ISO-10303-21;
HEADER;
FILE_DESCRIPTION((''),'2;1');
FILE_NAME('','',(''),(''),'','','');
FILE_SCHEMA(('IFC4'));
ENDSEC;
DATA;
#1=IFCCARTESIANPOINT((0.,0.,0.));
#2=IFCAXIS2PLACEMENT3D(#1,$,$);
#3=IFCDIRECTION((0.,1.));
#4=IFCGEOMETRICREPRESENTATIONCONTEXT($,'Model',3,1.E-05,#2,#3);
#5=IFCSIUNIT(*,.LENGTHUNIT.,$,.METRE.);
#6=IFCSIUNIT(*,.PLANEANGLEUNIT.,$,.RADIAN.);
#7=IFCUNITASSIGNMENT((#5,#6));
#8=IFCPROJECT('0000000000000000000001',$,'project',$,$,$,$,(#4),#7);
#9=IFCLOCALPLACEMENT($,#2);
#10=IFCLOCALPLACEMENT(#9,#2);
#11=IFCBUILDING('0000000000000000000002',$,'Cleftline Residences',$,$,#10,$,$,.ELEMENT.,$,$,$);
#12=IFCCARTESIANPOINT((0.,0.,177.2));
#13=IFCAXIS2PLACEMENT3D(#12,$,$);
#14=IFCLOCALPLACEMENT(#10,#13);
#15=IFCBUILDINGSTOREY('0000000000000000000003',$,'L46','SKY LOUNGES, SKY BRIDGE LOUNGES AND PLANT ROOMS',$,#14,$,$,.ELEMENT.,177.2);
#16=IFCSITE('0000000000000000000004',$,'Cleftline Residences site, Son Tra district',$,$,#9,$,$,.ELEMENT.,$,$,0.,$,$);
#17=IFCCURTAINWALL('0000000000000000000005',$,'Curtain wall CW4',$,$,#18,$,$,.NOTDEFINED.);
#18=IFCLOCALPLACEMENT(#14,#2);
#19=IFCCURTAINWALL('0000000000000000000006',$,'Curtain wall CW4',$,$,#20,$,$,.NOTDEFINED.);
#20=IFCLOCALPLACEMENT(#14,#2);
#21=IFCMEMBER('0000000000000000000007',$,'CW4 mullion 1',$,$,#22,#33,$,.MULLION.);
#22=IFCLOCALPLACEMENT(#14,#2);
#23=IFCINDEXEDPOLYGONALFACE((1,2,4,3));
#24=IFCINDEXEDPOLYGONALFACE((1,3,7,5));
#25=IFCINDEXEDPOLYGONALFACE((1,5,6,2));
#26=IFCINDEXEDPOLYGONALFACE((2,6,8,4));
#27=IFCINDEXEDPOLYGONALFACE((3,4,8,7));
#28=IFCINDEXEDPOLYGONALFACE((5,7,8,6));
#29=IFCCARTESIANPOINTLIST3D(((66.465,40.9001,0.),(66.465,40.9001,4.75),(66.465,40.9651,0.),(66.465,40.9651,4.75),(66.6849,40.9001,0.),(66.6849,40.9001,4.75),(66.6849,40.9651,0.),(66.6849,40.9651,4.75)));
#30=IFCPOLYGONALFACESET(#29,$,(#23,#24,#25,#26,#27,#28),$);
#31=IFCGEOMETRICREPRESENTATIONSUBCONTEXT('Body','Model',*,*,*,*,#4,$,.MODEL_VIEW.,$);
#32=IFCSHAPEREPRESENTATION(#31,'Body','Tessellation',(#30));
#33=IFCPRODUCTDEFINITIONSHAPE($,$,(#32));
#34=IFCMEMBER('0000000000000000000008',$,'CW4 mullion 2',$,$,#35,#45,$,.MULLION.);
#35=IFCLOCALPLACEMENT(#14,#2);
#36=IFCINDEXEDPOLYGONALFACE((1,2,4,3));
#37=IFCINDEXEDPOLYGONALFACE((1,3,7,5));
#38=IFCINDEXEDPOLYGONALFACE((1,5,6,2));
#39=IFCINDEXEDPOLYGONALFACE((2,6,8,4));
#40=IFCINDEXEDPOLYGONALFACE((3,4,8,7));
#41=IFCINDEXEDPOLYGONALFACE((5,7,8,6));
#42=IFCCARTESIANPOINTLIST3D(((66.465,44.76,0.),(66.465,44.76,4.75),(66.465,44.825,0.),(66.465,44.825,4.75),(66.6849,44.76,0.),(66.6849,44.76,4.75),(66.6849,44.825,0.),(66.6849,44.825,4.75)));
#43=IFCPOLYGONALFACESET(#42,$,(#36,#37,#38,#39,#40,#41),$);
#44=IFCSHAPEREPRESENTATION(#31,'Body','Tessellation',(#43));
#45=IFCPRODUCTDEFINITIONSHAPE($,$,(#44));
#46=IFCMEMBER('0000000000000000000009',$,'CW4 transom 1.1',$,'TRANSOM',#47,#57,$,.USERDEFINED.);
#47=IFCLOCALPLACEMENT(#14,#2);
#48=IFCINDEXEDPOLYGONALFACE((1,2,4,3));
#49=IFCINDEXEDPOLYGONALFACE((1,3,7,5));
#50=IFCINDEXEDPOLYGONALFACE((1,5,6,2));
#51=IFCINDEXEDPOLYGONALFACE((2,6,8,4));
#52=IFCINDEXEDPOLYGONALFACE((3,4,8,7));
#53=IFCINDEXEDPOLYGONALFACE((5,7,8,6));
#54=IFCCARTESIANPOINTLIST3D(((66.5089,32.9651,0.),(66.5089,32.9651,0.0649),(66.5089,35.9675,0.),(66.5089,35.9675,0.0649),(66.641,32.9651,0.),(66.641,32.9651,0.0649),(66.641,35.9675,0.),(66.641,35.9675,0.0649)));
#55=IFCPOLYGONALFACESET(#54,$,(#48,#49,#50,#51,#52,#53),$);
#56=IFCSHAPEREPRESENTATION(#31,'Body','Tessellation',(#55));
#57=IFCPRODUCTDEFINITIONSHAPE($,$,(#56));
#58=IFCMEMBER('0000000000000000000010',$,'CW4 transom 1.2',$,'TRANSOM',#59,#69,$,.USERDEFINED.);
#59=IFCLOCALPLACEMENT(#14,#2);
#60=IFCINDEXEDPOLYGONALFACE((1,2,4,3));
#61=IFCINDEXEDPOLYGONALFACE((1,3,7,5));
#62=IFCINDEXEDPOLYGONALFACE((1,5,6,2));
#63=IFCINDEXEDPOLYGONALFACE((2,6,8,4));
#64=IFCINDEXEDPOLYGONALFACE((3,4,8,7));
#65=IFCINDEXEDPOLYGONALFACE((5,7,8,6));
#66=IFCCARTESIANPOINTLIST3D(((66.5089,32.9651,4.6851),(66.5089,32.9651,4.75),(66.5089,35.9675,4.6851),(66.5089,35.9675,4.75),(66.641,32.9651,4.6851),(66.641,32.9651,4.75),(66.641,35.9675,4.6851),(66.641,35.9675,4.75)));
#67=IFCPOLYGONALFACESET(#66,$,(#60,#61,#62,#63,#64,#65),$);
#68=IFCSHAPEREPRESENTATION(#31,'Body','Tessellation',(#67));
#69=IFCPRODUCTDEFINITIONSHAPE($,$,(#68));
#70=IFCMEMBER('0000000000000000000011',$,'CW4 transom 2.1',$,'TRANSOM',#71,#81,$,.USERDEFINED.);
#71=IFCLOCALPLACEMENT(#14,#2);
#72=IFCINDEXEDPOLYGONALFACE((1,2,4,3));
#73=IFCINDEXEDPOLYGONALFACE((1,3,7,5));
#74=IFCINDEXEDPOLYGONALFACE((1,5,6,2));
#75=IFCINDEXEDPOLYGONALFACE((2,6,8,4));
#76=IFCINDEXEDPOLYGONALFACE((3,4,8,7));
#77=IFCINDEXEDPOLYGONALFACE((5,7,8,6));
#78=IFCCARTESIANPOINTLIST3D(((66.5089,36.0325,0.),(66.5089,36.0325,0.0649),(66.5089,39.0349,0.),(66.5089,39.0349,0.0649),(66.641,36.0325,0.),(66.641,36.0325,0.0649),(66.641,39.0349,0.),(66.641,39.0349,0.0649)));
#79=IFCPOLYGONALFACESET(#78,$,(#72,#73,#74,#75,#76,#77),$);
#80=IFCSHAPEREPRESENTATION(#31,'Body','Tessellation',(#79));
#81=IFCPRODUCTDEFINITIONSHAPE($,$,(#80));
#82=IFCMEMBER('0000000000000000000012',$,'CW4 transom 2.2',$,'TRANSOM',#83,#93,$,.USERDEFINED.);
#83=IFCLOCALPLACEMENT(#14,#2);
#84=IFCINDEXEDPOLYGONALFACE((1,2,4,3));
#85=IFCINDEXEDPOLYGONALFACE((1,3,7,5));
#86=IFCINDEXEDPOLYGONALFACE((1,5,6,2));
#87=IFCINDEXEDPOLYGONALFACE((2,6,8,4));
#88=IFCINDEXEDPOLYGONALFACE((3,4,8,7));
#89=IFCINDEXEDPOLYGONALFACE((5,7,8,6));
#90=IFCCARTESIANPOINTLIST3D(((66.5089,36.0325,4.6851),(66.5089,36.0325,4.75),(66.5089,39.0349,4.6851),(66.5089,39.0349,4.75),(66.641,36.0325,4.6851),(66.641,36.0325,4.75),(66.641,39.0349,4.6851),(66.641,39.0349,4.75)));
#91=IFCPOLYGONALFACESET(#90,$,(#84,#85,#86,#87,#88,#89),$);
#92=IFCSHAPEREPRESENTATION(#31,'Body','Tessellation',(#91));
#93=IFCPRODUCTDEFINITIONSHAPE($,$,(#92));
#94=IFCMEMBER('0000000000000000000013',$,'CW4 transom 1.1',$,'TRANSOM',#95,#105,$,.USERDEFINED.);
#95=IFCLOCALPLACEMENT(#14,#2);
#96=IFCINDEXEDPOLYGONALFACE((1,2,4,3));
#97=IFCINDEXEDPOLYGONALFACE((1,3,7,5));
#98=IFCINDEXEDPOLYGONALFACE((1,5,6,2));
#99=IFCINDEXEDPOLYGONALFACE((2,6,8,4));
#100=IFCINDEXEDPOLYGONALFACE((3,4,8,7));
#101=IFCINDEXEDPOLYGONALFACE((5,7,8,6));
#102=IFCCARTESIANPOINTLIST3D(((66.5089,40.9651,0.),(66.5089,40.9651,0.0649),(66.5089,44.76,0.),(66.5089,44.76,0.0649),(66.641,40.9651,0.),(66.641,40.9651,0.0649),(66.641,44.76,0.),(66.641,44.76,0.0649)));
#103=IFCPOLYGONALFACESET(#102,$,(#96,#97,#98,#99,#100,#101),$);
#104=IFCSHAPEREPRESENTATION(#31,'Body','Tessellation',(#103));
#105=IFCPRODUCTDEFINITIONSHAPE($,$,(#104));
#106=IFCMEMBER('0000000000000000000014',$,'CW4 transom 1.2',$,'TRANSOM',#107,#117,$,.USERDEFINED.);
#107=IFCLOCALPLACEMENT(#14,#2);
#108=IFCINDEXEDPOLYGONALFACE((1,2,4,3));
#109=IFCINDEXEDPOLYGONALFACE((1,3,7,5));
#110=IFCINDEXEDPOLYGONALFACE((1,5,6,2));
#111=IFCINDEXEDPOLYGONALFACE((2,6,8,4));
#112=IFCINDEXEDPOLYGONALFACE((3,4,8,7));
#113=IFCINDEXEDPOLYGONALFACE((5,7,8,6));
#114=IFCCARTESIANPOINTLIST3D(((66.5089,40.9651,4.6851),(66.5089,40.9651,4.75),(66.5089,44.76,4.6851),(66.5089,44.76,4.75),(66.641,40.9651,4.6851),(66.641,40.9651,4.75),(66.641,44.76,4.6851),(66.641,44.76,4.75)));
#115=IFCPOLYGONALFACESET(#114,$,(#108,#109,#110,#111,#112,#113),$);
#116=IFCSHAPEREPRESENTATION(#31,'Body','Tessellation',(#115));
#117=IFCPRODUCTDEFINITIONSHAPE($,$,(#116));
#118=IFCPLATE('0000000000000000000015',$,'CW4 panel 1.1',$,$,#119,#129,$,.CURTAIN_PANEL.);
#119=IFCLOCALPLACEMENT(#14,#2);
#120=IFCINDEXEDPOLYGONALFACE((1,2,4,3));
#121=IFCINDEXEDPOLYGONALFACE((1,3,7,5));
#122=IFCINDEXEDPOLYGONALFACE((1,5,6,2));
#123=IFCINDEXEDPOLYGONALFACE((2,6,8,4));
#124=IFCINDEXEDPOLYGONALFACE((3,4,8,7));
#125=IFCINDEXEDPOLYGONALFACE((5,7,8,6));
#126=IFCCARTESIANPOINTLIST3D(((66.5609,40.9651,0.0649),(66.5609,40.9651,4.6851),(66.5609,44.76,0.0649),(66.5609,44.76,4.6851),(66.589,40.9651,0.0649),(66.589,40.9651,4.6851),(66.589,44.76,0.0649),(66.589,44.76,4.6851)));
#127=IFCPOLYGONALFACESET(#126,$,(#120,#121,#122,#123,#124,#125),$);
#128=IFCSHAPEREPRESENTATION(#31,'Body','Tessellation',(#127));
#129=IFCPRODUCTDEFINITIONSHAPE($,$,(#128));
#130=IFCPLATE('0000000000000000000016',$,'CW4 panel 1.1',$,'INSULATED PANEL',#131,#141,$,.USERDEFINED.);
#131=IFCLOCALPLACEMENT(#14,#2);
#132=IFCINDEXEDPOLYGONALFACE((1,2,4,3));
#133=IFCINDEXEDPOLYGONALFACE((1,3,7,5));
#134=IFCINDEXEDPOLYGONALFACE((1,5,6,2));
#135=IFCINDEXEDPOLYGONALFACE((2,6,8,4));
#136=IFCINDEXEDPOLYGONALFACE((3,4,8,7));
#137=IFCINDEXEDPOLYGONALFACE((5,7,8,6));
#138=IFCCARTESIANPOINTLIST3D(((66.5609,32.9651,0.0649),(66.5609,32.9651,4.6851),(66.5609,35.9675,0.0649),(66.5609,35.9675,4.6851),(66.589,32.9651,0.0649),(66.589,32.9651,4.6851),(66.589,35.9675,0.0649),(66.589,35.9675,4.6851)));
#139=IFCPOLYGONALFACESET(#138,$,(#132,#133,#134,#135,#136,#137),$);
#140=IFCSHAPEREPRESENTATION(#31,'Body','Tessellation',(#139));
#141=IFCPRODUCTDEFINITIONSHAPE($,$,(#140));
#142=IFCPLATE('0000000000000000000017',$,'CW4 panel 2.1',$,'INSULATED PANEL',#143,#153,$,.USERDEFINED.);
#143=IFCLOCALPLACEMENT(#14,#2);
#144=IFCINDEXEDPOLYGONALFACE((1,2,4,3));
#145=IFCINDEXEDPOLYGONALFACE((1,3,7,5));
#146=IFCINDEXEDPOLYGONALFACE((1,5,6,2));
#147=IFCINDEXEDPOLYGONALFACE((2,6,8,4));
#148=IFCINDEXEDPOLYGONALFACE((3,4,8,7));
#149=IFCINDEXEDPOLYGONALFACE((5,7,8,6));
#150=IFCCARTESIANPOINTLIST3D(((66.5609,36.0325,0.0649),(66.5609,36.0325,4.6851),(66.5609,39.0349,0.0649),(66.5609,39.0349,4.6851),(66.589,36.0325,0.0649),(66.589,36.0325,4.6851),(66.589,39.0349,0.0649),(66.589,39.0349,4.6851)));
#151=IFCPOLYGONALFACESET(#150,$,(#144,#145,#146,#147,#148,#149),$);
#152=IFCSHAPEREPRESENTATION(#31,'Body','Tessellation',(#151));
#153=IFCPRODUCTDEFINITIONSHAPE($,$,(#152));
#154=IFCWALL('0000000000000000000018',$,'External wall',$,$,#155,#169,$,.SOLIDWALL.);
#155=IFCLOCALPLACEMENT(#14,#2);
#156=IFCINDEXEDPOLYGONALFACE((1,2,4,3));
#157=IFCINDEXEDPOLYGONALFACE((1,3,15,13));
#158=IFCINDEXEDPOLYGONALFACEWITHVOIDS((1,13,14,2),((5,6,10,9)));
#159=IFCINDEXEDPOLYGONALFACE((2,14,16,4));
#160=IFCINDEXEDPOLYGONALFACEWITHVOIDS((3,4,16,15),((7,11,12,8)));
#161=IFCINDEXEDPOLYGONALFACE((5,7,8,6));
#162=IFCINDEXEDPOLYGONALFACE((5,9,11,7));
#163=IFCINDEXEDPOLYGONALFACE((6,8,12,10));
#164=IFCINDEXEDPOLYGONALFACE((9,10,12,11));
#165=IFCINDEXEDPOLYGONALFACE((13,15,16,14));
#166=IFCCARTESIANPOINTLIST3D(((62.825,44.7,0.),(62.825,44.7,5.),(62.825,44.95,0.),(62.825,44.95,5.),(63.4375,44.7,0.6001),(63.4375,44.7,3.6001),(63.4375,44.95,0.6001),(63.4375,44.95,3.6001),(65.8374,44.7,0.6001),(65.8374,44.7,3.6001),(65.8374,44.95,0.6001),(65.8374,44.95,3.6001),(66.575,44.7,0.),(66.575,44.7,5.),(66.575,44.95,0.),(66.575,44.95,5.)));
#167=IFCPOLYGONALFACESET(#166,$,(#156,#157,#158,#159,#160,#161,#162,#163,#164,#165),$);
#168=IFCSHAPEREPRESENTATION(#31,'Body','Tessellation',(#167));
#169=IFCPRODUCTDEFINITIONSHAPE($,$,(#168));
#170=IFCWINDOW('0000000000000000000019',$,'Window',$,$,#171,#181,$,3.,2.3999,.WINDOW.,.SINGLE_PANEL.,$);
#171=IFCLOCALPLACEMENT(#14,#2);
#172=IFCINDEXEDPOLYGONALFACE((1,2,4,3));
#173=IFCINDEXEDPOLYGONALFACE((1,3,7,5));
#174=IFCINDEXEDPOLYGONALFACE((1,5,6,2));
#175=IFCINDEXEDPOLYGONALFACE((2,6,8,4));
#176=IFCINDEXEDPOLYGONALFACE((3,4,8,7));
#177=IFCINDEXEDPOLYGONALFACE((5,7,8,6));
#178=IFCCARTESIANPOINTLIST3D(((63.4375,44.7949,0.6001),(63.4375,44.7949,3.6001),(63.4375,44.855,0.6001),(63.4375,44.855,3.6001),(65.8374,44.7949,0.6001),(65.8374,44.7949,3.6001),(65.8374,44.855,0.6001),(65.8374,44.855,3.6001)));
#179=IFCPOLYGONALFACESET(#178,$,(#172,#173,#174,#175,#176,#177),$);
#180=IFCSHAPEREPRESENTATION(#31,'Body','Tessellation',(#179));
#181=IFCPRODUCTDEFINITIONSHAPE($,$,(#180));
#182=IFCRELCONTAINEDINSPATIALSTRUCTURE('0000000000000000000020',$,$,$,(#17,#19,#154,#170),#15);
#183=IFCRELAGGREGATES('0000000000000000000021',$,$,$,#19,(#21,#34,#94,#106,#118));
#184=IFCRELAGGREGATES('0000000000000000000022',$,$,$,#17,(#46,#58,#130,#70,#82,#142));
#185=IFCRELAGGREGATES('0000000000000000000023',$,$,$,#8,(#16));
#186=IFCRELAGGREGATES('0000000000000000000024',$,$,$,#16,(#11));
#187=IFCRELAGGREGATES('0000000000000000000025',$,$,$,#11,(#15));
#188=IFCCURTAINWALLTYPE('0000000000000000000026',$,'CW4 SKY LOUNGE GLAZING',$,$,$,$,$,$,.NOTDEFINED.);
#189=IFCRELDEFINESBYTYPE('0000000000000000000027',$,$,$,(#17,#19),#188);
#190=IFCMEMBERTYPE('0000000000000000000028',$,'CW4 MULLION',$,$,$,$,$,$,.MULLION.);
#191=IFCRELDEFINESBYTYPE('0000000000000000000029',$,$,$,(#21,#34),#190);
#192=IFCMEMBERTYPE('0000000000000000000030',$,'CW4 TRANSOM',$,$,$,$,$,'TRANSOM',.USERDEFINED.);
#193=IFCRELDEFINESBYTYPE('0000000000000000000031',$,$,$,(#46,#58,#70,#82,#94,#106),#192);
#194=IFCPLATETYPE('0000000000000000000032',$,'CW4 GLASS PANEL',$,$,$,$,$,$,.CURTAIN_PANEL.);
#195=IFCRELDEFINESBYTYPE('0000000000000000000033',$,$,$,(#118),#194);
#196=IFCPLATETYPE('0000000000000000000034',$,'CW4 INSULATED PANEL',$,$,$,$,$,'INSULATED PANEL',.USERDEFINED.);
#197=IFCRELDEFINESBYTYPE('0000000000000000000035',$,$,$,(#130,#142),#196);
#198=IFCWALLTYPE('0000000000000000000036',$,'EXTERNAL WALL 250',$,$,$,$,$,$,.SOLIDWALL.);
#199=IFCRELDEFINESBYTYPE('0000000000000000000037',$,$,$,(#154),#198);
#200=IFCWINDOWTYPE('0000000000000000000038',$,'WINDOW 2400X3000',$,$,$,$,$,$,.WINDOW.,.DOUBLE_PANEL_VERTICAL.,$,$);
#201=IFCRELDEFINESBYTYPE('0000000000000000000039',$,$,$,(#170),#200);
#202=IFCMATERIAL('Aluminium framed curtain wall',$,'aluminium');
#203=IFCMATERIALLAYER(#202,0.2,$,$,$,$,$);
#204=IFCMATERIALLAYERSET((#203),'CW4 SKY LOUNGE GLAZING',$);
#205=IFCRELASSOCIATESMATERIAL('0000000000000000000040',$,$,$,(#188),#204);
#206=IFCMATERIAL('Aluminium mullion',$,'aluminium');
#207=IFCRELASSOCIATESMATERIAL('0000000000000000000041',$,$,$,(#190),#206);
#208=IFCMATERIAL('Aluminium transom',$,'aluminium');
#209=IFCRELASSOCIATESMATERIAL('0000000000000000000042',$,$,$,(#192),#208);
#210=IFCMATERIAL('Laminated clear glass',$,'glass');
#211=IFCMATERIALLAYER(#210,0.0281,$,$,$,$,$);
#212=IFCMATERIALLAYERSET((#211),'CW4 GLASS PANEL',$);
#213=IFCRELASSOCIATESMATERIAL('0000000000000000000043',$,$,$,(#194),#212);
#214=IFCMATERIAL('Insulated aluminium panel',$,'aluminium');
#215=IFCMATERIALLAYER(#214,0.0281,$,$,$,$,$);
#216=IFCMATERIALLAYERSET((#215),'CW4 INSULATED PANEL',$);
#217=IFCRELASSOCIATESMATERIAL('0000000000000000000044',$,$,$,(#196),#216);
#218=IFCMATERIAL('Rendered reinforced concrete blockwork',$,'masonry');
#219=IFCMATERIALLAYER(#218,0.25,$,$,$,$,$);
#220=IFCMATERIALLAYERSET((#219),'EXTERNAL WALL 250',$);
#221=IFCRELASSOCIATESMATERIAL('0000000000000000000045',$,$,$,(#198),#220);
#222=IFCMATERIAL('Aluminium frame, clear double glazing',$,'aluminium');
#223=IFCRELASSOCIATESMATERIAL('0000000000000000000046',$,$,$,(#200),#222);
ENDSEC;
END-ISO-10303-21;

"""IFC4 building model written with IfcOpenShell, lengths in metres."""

from ifc_helpers import new_model, si_unit, direction, frame, frame_2d, origin, origin_2d, place, context, subcontext, project, spatial, rectangle, extrude, material, layer, layer_set, material_profile, profile_set, type_object, element, fill, aggregate, save


model = new_model("IFC4")

# Units and contexts
model_context = context("Model", 3, precision=1e-05, world=origin(), true_north=direction((0.0, 1.0)))
body_context = subcontext(model_context, "Body", "Model", "MODEL_VIEW")
ifc_project = project(units=[si_unit("LENGTHUNIT", "METRE"), si_unit("PLANEANGLEUNIT", "RADIAN")], contexts=[model_context])

# Site, building, storey
site_placement = place(None, origin())
site = spatial("IfcSite", under=ifc_project, at=site_placement, Name="Cleftline Residences site, Son Tra district", CompositionType="ELEMENT", RefElevation=0.0)
building_placement = place(site_placement, origin())
building = spatial("IfcBuilding", under=site, at=building_placement, Name="Cleftline Residences", CompositionType="ELEMENT")
storey_placement = place(building_placement, frame((0.0, 0.0, 177.2)))
storey = spatial("IfcBuildingStorey", under=building, at=storey_placement, Name="L46", Description="SKY LOUNGES, SKY BRIDGE LOUNGES AND PLANT ROOMS", CompositionType="ELEMENT", Elevation=177.2)

# Curtain walls, members
ifc_material_1 = material(Name="Aluminium framed curtain wall", Category="aluminium")
ifc_layer_1 = layer(ifc_material_1, 0.2)
ifc_layer_set_1 = layer_set([ifc_layer_1], Name="CW4 SKY LOUNGE GLAZING")
curtain_wall_type = type_object("IfcCurtainWallType", Name="CW4 SKY LOUNGE GLAZING", PredefinedType="NOTDEFINED", material=ifc_layer_set_1)
curtain_wall_1_placement = place(storey_placement, origin())
curtain_wall_1 = element("IfcCurtainWall", 1, at=curtain_wall_1_placement, inside=storey, type_object=curtain_wall_type, Name="Curtain wall CW4", PredefinedType="NOTDEFINED")
ifc_material_2 = material(Name="Aluminium mullion", Category="aluminium")
ifc_material_profile_1 = material_profile(ifc_material_2, rectangle(XDim=0.22, YDim=0.0649, at=origin_2d()))
ifc_profile_set_1 = profile_set([ifc_material_profile_1], Name="Aluminium mullion")
member_type_1 = type_object("IfcMemberType", Name="CW4 MULLION", PredefinedType="MULLION", material=ifc_profile_set_1)
curtain_wall_2_placement = place(storey_placement, origin())
curtain_wall_2 = element("IfcCurtainWall", 2, at=curtain_wall_2_placement, inside=storey, type_object=curtain_wall_type, Name="Curtain wall CW4", PredefinedType="NOTDEFINED")
member_1_placement = place(storey_placement, frame((66.575, 40.9326, 0.0), z_axis=(0.0, 0.0, 1.0), x_axis=(-1.0, 0.0, 0.0)))
member_1 = element("IfcMember", 3, at=member_1_placement, type_object=member_type_1, Name="CW4 mullion 1", PredefinedType="MULLION", context=body_context, shape_type="SweptSolid", body=[
    extrude(rectangle(XDim=0.22, YDim=0.0649, at=origin_2d()), origin(), (0.0, 0.0, 1.0), 4.75),
])
member_2_placement = place(storey_placement, frame((66.575, 44.7925, 0.0), z_axis=(0.0, 0.0, 1.0), x_axis=(-1.0, 0.0, 0.0)))
member_2 = element("IfcMember", 4, at=member_2_placement, type_object=member_type_1, Name="CW4 mullion 2", PredefinedType="MULLION", context=body_context, shape_type="SweptSolid", body=[
    extrude(rectangle(XDim=0.22, YDim=0.0649, at=origin_2d()), origin(), (0.0, 0.0, 1.0), 4.75),
])

# Members
ifc_material_3 = material(Name="Aluminium transom", Category="aluminium")
ifc_material_profile_2 = material_profile(ifc_material_3, rectangle(XDim=0.1321, YDim=0.0649, at=origin_2d()))
ifc_profile_set_2 = profile_set([ifc_material_profile_2], Name="Aluminium transom")
member_type_2 = type_object("IfcMemberType", Name="CW4 TRANSOM", ElementType="TRANSOM", PredefinedType="USERDEFINED", material=ifc_profile_set_2)
member_3_placement = place(storey_placement, frame((66.575, 32.9651, 0.0325), z_axis=(0.0, 1.0, 0.0), x_axis=(-1.0, 0.0, 0.0)))
member_3 = element("IfcMember", 5, at=member_3_placement, type_object=member_type_2, Name="CW4 transom 1.1", ObjectType="TRANSOM", PredefinedType="USERDEFINED", context=body_context, shape_type="SweptSolid", body=[
    extrude(rectangle(XDim=0.1321, YDim=0.0649, at=origin_2d()), origin(), (0.0, 0.0, 1.0), 3.0024),
])
member_4_placement = place(storey_placement, frame((66.575, 32.9651, 4.7175), z_axis=(0.0, 1.0, 0.0), x_axis=(-1.0, 0.0, 0.0)))
member_4 = element("IfcMember", 6, at=member_4_placement, type_object=member_type_2, Name="CW4 transom 1.2", ObjectType="TRANSOM", PredefinedType="USERDEFINED", context=body_context, shape_type="SweptSolid", body=[
    extrude(rectangle(XDim=0.1321, YDim=0.0649, at=origin_2d()), origin(), (0.0, 0.0, 1.0), 3.0024),
])
member_5_placement = place(storey_placement, frame((66.575, 36.0325, 0.0325), z_axis=(0.0, 1.0, 0.0), x_axis=(-1.0, 0.0, 0.0)))
member_5 = element("IfcMember", 7, at=member_5_placement, type_object=member_type_2, Name="CW4 transom 2.1", ObjectType="TRANSOM", PredefinedType="USERDEFINED", context=body_context, shape_type="SweptSolid", body=[
    extrude(rectangle(XDim=0.1321, YDim=0.0649, at=origin_2d()), origin(), (0.0, 0.0, 1.0), 3.0024),
])
member_6_placement = place(storey_placement, frame((66.575, 36.0325, 4.7175), z_axis=(0.0, 1.0, 0.0), x_axis=(-1.0, 0.0, 0.0)))
member_6 = element("IfcMember", 8, at=member_6_placement, type_object=member_type_2, Name="CW4 transom 2.2", ObjectType="TRANSOM", PredefinedType="USERDEFINED", context=body_context, shape_type="SweptSolid", body=[
    extrude(rectangle(XDim=0.1321, YDim=0.0649, at=origin_2d()), origin(), (0.0, 0.0, 1.0), 3.0024),
])
member_7_placement = place(storey_placement, frame((66.575, 40.9651, 0.0325), z_axis=(0.0, 1.0, 0.0), x_axis=(-1.0, 0.0, 0.0)))
member_7 = element("IfcMember", 9, at=member_7_placement, type_object=member_type_2, Name="CW4 transom 1.1", ObjectType="TRANSOM", PredefinedType="USERDEFINED", context=body_context, shape_type="SweptSolid", body=[
    extrude(rectangle(XDim=0.1321, YDim=0.0649, at=origin_2d()), origin(), (0.0, 0.0, 1.0), 3.7949),
])
member_8_placement = place(storey_placement, frame((66.575, 40.9651, 4.7175), z_axis=(0.0, 1.0, 0.0), x_axis=(-1.0, 0.0, 0.0)))
member_8 = element("IfcMember", 10, at=member_8_placement, type_object=member_type_2, Name="CW4 transom 1.2", ObjectType="TRANSOM", PredefinedType="USERDEFINED", context=body_context, shape_type="SweptSolid", body=[
    extrude(rectangle(XDim=0.1321, YDim=0.0649, at=origin_2d()), origin(), (0.0, 0.0, 1.0), 3.7949),
])

# Plates
ifc_material_4 = material(Name="Laminated clear glass", Category="glass")
ifc_layer_2 = layer(ifc_material_4, 0.0281)
ifc_layer_set_2 = layer_set([ifc_layer_2], Name="CW4 GLASS PANEL")
plate_type_1 = type_object("IfcPlateType", Name="CW4 GLASS PANEL", PredefinedType="CURTAIN_PANEL", material=ifc_layer_set_2)
plate_1_placement = place(storey_placement, frame((66.575, 42.8625, 0.0649), z_axis=(0.0, 0.0, 1.0), x_axis=(0.0, 1.0, 0.0)))
plate_1 = element("IfcPlate", 11, at=plate_1_placement, type_object=plate_type_1, Name="CW4 panel 1.1", PredefinedType="CURTAIN_PANEL", context=body_context, shape_type="SweptSolid", body=[
    extrude(rectangle(XDim=3.7949, YDim=0.0281, at=origin_2d()), origin(), (0.0, 0.0, 1.0), 4.6201),
])
aggregate(curtain_wall_2, [member_1, member_2, member_7, member_8, plate_1])
ifc_material_5 = material(Name="Insulated aluminium panel", Category="aluminium")
ifc_layer_3 = layer(ifc_material_5, 0.0281)
ifc_layer_set_3 = layer_set([ifc_layer_3], Name="CW4 INSULATED PANEL")
plate_type_2 = type_object("IfcPlateType", Name="CW4 INSULATED PANEL", ElementType="INSULATED PANEL", PredefinedType="USERDEFINED", material=ifc_layer_set_3)
plate_2_placement = place(storey_placement, frame((66.575, 34.4663, 0.0649), z_axis=(0.0, 0.0, 1.0), x_axis=(0.0, 1.0, 0.0)))
plate_2 = element("IfcPlate", 12, at=plate_2_placement, type_object=plate_type_2, Name="CW4 panel 1.1", ObjectType="INSULATED PANEL", PredefinedType="USERDEFINED", context=body_context, shape_type="SweptSolid", body=[
    extrude(rectangle(XDim=3.0024, YDim=0.0281, at=origin_2d()), origin(), (0.0, 0.0, 1.0), 4.6201),
])
plate_3_placement = place(storey_placement, frame((66.575, 37.5337, 0.0649), z_axis=(0.0, 0.0, 1.0), x_axis=(0.0, 1.0, 0.0)))
plate_3 = element("IfcPlate", 13, at=plate_3_placement, type_object=plate_type_2, Name="CW4 panel 2.1", ObjectType="INSULATED PANEL", PredefinedType="USERDEFINED", context=body_context, shape_type="SweptSolid", body=[
    extrude(rectangle(XDim=3.0024, YDim=0.0281, at=origin_2d()), origin(), (0.0, 0.0, 1.0), 4.6201),
])
aggregate(curtain_wall_1, [member_3, member_4, plate_2, member_5, member_6, plate_3])

# Wall, opening, window
ifc_material_6 = material(Name="Rendered reinforced concrete blockwork", Category="masonry")
ifc_layer_4 = layer(ifc_material_6, 0.25)
ifc_layer_set_4 = layer_set([ifc_layer_4], Name="EXTERNAL WALL 250")
wall_type = type_object("IfcWallType", Name="EXTERNAL WALL 250", PredefinedType="SOLIDWALL", material=ifc_layer_set_4)
wall_placement = place(storey_placement, frame((66.575, 44.825, 0.0), z_axis=(0.0, 0.0, 1.0), x_axis=(-1.0, 0.0, 0.0)))
wall = element("IfcWall", 14, at=wall_placement, inside=storey, type_object=wall_type, Name="External wall", PredefinedType="SOLIDWALL", context=body_context, shape_type="SweptSolid", body=[
    extrude(rectangle(XDim=3.75, YDim=0.25, at=frame_2d((1.875, 0.0))), origin(), (0.0, 0.0, 1.0), 5.0),
])
opening_placement = place(wall_placement, frame((0.7375, 0.0, 0.6001)))
opening = element("IfcOpeningElement", 15, at=opening_placement, cuts=wall, PredefinedType="OPENING", context=body_context, shape_type="SweptSolid", body=[
    extrude(rectangle(XDim=2.3999, YDim=3.0, at=frame_2d((1.2, 1.5))), frame((0.0, 0.135, 0.0), z_axis=(0.0, -1.0, 0.0), x_axis=(1.0, 0.0, 0.0)), (0.0, 0.0, 1.0), 0.27),
])
ifc_material_7 = material(Name="Aluminium frame, clear double glazing", Category="aluminium")
window_type = type_object("IfcWindowType", Name="WINDOW 2400X3000", PartitioningType="DOUBLE_PANEL_VERTICAL", PredefinedType="WINDOW", material=ifc_material_7)
window_placement = place(opening_placement, origin())
window = element("IfcWindow", 16, at=window_placement, inside=storey, type_object=window_type, Name="Window", OverallHeight=3.0, OverallWidth=2.3999, PartitioningType="SINGLE_PANEL", PredefinedType="WINDOW", context=body_context, shape_type="SweptSolid", body=[
    extrude(rectangle(XDim=2.3999, YDim=3.0, at=frame_2d((1.2, 1.5))), frame((0.0, 0.03, 0.0), z_axis=(0.0, -1.0, 0.0), x_axis=(1.0, 0.0, 0.0)), (0.0, 0.0, 1.0), 0.0601),
])
fill(opening, window)

save(model, "model.ifc")
